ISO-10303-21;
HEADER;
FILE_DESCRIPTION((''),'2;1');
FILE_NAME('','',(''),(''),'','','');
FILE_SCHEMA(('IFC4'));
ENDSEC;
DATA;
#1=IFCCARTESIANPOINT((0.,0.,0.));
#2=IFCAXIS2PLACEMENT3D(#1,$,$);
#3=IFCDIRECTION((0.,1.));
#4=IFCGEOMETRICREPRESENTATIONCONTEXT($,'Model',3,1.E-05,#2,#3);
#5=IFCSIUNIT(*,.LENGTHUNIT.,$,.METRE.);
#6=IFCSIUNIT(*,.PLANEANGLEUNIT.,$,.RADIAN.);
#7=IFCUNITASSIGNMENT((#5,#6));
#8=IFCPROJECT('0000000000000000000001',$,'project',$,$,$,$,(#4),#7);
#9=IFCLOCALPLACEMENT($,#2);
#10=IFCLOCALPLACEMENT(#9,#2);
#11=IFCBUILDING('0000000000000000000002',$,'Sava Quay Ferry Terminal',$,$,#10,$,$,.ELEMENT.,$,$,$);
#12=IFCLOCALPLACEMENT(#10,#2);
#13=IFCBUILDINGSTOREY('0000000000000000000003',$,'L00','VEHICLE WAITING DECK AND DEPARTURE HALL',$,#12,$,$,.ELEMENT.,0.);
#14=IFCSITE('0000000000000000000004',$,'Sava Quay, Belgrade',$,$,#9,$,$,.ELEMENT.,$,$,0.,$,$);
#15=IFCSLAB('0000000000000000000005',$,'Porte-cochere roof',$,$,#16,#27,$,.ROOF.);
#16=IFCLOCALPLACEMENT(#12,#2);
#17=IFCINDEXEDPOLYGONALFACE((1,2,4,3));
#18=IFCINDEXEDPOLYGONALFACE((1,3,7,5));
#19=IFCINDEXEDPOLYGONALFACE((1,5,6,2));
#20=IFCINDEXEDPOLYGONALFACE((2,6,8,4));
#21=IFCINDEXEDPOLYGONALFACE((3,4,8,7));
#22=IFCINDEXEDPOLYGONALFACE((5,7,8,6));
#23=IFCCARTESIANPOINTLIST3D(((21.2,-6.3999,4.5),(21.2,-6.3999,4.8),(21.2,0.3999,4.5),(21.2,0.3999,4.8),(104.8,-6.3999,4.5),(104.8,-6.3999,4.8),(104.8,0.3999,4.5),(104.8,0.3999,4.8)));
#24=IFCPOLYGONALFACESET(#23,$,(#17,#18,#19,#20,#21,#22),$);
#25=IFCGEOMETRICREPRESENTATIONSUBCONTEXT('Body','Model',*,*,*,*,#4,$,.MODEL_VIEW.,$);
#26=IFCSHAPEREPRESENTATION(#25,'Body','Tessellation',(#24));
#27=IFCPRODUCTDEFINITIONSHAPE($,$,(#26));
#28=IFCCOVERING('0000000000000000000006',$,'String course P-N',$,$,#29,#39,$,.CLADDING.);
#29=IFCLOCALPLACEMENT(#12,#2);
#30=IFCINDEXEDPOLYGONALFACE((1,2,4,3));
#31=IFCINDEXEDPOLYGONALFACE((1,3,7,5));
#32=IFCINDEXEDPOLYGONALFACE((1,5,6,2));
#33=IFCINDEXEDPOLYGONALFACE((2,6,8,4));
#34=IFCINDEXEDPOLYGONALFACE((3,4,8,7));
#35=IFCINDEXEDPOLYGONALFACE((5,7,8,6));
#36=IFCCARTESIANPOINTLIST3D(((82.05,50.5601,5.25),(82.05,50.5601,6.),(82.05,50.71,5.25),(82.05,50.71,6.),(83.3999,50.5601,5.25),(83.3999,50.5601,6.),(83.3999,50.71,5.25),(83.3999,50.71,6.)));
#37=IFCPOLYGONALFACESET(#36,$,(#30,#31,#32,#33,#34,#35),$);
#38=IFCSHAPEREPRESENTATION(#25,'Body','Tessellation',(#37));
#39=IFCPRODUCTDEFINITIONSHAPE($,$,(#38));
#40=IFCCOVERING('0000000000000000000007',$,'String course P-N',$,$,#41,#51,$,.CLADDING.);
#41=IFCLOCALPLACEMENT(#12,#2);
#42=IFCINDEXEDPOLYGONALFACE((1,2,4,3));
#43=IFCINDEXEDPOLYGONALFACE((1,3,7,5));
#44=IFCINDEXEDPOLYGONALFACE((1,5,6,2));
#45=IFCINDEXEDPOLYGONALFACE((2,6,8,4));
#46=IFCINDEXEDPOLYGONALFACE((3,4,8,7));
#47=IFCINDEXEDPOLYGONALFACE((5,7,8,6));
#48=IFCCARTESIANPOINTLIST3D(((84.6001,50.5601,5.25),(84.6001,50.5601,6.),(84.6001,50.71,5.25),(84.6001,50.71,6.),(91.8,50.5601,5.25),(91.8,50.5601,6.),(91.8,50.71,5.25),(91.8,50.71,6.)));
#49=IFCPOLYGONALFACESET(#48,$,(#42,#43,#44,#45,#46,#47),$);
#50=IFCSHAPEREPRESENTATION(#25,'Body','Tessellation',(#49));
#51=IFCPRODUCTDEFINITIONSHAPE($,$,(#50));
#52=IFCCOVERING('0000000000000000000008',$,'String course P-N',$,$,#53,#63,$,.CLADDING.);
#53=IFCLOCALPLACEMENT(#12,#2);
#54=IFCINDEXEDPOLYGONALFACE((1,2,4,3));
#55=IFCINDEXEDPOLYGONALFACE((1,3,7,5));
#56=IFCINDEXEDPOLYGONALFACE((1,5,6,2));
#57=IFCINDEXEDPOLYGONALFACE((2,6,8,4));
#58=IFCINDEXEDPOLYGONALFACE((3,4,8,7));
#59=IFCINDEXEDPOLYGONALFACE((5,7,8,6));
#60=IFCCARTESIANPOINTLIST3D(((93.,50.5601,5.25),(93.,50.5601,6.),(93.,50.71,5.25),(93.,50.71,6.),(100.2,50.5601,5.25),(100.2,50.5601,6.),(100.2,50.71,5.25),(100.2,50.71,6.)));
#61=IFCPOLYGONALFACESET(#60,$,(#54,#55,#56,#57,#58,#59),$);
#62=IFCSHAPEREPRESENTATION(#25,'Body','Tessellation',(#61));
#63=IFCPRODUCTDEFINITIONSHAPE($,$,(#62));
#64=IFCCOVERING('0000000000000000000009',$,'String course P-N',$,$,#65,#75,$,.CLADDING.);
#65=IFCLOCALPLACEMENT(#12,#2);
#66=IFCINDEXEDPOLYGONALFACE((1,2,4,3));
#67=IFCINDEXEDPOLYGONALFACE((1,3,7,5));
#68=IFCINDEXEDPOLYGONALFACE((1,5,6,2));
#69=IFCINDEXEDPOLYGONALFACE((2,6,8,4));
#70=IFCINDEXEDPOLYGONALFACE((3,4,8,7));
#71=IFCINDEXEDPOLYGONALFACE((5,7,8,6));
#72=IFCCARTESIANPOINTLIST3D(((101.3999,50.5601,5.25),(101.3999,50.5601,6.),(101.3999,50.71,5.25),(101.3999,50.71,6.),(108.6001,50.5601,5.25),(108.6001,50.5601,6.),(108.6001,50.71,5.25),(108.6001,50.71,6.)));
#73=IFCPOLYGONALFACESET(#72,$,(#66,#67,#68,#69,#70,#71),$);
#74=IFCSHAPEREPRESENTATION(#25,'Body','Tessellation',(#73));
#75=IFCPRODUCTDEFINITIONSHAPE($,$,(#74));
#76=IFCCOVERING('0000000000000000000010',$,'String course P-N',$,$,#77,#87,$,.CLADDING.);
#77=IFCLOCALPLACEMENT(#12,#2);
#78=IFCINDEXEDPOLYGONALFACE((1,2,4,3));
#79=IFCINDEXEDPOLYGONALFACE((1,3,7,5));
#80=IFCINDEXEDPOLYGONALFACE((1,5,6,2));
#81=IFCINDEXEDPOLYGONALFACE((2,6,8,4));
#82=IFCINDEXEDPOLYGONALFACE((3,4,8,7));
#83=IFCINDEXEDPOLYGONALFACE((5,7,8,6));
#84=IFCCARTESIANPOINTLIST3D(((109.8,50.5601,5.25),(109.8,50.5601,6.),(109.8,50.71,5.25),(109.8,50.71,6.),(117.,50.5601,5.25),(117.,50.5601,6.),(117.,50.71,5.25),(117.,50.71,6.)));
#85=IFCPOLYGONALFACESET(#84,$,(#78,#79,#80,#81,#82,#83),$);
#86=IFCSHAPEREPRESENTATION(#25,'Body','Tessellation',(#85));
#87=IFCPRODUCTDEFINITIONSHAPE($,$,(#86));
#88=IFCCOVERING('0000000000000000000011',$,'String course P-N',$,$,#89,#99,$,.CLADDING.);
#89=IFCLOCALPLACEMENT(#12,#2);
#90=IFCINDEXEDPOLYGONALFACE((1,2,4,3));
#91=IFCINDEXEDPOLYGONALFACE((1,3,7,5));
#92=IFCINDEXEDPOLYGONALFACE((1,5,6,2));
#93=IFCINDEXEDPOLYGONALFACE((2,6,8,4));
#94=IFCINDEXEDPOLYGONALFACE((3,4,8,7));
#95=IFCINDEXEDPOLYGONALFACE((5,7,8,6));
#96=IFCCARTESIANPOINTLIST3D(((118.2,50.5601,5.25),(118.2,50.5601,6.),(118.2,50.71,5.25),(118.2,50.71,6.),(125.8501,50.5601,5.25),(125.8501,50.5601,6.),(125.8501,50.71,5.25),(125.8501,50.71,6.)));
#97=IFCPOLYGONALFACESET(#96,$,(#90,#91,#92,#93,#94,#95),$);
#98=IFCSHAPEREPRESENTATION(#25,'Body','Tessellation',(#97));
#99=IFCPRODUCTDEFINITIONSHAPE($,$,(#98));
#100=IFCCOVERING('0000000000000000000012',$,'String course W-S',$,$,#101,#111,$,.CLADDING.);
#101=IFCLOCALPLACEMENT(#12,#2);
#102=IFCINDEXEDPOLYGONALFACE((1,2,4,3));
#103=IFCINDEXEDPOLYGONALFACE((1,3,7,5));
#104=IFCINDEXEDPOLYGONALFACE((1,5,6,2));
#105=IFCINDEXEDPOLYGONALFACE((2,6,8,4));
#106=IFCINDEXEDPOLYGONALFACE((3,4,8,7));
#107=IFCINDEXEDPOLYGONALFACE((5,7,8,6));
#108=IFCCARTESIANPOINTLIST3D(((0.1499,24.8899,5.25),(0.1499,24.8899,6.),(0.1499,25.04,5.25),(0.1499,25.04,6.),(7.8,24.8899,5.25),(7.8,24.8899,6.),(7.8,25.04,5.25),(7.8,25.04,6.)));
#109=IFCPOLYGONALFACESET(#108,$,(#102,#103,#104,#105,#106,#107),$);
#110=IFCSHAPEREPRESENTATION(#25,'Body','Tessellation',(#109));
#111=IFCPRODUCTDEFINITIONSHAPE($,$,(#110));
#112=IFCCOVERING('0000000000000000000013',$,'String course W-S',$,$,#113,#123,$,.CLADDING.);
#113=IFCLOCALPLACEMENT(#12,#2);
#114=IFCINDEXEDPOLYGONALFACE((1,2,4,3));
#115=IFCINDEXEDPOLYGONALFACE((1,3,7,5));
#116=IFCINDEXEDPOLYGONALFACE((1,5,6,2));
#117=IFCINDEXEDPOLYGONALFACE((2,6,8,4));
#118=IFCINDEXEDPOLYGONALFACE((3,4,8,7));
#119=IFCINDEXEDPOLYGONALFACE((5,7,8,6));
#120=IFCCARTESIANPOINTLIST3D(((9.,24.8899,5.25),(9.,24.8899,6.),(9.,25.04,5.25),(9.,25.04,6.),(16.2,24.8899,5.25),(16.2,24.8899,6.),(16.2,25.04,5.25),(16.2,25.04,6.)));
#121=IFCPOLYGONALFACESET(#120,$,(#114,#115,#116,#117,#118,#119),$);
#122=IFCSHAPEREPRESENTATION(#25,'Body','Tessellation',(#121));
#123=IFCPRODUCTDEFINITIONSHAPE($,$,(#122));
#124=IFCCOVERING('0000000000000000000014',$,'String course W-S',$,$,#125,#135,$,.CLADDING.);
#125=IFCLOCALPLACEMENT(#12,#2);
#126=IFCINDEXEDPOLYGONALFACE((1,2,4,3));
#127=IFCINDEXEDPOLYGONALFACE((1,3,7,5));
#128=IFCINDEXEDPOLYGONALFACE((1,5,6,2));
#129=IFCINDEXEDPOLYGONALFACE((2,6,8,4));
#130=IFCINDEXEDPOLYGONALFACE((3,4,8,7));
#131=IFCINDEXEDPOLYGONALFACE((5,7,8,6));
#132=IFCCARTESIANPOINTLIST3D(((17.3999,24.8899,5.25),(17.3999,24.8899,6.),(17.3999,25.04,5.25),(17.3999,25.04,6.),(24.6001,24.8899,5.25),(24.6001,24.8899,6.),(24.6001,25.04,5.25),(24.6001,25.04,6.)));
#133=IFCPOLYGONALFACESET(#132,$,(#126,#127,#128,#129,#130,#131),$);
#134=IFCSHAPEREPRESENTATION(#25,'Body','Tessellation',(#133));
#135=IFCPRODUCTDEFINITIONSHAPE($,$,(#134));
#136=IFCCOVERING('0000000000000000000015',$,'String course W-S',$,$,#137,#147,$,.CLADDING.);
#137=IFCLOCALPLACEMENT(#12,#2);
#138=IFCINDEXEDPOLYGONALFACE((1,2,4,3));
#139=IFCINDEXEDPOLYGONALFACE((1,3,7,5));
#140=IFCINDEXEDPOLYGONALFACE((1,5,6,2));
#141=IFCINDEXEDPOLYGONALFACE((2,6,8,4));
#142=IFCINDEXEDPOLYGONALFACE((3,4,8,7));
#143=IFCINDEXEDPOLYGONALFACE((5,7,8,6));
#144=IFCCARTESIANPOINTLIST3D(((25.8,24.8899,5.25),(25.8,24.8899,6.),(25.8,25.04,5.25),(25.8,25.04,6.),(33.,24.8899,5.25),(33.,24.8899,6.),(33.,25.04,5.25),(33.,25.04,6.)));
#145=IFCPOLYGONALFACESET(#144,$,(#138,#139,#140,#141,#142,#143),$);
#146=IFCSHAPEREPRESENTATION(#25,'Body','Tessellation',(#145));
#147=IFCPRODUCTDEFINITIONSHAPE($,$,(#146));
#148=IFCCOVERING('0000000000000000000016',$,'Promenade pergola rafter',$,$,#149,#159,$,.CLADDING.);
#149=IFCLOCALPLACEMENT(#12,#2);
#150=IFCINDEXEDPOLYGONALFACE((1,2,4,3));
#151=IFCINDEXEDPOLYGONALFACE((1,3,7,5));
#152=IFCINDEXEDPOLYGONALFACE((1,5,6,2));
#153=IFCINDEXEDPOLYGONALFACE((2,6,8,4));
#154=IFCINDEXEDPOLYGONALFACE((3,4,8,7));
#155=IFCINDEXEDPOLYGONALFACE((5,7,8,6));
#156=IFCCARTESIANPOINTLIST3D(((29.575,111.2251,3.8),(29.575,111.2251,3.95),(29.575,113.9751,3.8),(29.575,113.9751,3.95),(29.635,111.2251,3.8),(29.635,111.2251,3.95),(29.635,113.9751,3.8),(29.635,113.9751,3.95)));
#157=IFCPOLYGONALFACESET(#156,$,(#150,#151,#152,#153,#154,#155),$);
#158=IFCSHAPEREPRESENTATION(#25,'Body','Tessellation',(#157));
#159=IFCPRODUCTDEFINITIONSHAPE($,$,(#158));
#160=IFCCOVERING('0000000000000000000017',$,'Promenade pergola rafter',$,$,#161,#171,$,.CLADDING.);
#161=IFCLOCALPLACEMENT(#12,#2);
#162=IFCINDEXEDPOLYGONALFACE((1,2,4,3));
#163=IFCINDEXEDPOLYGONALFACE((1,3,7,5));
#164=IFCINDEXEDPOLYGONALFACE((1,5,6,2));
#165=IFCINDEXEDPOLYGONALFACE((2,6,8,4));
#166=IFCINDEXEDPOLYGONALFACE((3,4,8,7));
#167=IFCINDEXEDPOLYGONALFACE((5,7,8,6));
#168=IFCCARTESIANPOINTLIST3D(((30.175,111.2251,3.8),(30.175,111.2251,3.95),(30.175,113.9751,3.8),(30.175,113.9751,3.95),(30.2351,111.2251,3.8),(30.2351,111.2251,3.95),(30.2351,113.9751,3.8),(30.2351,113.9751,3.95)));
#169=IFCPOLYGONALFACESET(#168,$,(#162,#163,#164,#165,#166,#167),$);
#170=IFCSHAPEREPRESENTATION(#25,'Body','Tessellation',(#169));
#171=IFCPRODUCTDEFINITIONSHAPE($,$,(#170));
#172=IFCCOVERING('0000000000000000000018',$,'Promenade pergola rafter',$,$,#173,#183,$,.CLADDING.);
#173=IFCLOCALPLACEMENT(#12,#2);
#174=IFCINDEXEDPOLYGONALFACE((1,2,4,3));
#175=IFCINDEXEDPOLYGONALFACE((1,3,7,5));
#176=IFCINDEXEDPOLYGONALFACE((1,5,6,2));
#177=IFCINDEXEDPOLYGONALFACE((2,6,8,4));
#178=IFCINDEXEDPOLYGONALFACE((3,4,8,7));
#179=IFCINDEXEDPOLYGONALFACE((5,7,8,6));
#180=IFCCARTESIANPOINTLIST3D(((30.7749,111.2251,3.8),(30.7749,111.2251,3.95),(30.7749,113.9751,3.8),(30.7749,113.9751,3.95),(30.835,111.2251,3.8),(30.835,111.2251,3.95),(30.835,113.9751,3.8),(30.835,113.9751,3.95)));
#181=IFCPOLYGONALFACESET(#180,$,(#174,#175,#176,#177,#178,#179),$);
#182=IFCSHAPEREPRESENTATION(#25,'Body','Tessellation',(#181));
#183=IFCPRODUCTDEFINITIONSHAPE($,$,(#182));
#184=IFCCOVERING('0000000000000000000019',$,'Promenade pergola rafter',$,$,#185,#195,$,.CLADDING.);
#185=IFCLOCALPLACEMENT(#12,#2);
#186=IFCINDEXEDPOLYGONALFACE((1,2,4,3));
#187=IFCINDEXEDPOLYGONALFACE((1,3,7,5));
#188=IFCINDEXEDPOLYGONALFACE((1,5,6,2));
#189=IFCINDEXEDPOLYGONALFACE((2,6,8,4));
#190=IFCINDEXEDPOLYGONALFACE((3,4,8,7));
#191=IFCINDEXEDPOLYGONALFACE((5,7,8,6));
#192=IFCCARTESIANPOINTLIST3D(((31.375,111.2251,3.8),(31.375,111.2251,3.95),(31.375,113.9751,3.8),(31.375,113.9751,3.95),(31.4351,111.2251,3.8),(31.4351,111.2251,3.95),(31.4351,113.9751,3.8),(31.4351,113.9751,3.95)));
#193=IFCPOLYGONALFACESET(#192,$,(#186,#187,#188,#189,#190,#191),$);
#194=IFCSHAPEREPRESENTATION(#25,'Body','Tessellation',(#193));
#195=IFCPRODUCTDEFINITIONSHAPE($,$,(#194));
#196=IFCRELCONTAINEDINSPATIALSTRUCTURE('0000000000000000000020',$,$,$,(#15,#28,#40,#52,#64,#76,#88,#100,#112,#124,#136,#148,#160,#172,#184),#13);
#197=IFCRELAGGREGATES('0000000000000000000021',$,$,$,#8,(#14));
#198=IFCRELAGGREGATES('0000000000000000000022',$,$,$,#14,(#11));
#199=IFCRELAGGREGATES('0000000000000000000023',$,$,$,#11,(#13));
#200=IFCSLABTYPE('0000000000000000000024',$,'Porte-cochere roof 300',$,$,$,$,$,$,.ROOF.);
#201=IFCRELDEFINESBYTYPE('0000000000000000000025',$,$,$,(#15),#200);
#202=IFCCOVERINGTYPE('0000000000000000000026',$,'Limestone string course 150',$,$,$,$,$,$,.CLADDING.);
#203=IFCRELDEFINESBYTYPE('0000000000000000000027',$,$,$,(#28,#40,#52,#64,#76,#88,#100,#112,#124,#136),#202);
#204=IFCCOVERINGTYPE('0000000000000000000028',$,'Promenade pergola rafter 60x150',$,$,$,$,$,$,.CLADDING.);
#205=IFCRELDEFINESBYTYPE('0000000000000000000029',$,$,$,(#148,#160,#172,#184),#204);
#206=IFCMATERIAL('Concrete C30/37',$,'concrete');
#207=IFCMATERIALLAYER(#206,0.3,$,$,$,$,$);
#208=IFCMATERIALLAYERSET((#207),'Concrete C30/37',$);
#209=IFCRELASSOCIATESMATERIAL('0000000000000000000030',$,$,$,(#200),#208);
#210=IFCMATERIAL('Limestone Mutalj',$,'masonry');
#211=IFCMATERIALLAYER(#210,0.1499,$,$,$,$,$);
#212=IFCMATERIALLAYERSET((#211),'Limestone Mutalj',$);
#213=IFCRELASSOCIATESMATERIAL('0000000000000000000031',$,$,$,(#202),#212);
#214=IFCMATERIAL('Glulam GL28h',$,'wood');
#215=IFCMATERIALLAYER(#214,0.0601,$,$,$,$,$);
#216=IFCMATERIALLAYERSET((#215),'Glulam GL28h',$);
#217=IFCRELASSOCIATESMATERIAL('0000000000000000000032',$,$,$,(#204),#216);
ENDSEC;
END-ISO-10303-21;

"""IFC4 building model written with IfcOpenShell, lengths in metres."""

from ifc_helpers import new_model, si_unit, direction, frame, origin, place, context, subcontext, project, spatial, polyline, outline, extrude, material, layer, layer_set, type_object, element, save


model = new_model("IFC4")

# Units and contexts
model_context = context("Model", 3, precision=1e-05, world=origin(), true_north=direction((0.0, 1.0)))
body_context = subcontext(model_context, "Body", "Model", "MODEL_VIEW")
ifc_project = project(units=[si_unit("LENGTHUNIT", "METRE"), si_unit("PLANEANGLEUNIT", "RADIAN")], contexts=[model_context])

# Site, building, storey
site_placement = place(None, origin())
site = spatial("IfcSite", under=ifc_project, at=site_placement, Name="Sava Quay, Belgrade", CompositionType="ELEMENT", RefElevation=0.0)
building_placement = place(site_placement, origin())
building = spatial("IfcBuilding", under=site, at=building_placement, Name="Sava Quay Ferry Terminal", CompositionType="ELEMENT")
storey_placement = place(building_placement, origin())
storey = spatial("IfcBuildingStorey", under=building, at=storey_placement, Name="L00", Description="VEHICLE WAITING DECK AND DEPARTURE HALL", CompositionType="ELEMENT", Elevation=0.0)

# Slab
ifc_material_1 = material(Name="Concrete C30/37", Category="concrete")
ifc_layer_1 = layer(ifc_material_1, 0.3)
ifc_layer_set_1 = layer_set([ifc_layer_1], Name="Concrete C30/37")
slab_type = type_object("IfcSlabType", Name="Porte-cochere roof 300", PredefinedType="ROOF", material=ifc_layer_set_1)
slab_placement = place(storey_placement, frame((0.0, 0.0, 4.5)))
element("IfcSlab", 1, at=slab_placement, inside=storey, type_object=slab_type, Name="Porte-cochere roof", PredefinedType="ROOF", context=body_context, shape_type="SweptSolid", body=[
    extrude(outline(polyline([(21.2, -6.3999), (104.8, -6.3999), (104.8, 0.3999), (21.2, 0.3999), (21.2, -6.3999)])), origin(), (0.0, 0.0, 1.0), 0.3),
])

# Coverings
ifc_material_2 = material(Name="Limestone Mutalj", Category="masonry")
ifc_layer_2 = layer(ifc_material_2, 0.1499)
ifc_layer_set_2 = layer_set([ifc_layer_2], Name="Limestone Mutalj")
covering_type_1 = type_object("IfcCoveringType", Name="Limestone string course 150", PredefinedType="CLADDING", material=ifc_layer_set_2)
covering_1_placement = place(storey_placement, frame((0.0, 0.0, 5.25)))
element("IfcCovering", 2, at=covering_1_placement, inside=storey, type_object=covering_type_1, Name="String course P-N", PredefinedType="CLADDING", context=body_context, shape_type="SweptSolid", body=[
    extrude(outline(polyline([(82.05, 50.5601), (83.3999, 50.5601), (83.3999, 50.71), (82.05, 50.71), (82.05, 50.5601)])), origin(), (0.0, 0.0, 1.0), 0.75),
])
covering_2_placement = place(storey_placement, frame((0.0, 0.0, 5.25)))
element("IfcCovering", 3, at=covering_2_placement, inside=storey, type_object=covering_type_1, Name="String course P-N", PredefinedType="CLADDING", context=body_context, shape_type="SweptSolid", body=[
    extrude(outline(polyline([(84.6001, 50.5601), (91.8, 50.5601), (91.8, 50.71), (84.6001, 50.71), (84.6001, 50.5601)])), origin(), (0.0, 0.0, 1.0), 0.75),
])
covering_3_placement = place(storey_placement, frame((0.0, 0.0, 5.25)))
element("IfcCovering", 4, at=covering_3_placement, inside=storey, type_object=covering_type_1, Name="String course P-N", PredefinedType="CLADDING", context=body_context, shape_type="SweptSolid", body=[
    extrude(outline(polyline([(93.0, 50.5601), (100.2, 50.5601), (100.2, 50.71), (93.0, 50.71), (93.0, 50.5601)])), origin(), (0.0, 0.0, 1.0), 0.75),
])
covering_4_placement = place(storey_placement, frame((0.0, 0.0, 5.25)))
element("IfcCovering", 5, at=covering_4_placement, inside=storey, type_object=covering_type_1, Name="String course P-N", PredefinedType="CLADDING", context=body_context, shape_type="SweptSolid", body=[
    extrude(outline(polyline([(101.3999, 50.5601), (108.6001, 50.5601), (108.6001, 50.71), (101.3999, 50.71), (101.3999, 50.5601)])), origin(), (0.0, 0.0, 1.0), 0.75),
])
covering_5_placement = place(storey_placement, frame((0.0, 0.0, 5.25)))
element("IfcCovering", 6, at=covering_5_placement, inside=storey, type_object=covering_type_1, Name="String course P-N", PredefinedType="CLADDING", context=body_context, shape_type="SweptSolid", body=[
    extrude(outline(polyline([(109.8, 50.5601), (117.0, 50.5601), (117.0, 50.71), (109.8, 50.71), (109.8, 50.5601)])), origin(), (0.0, 0.0, 1.0), 0.75),
])
covering_6_placement = place(storey_placement, frame((0.0, 0.0, 5.25)))
element("IfcCovering", 7, at=covering_6_placement, inside=storey, type_object=covering_type_1, Name="String course P-N", PredefinedType="CLADDING", context=body_context, shape_type="SweptSolid", body=[
    extrude(outline(polyline([(118.2, 50.5601), (125.8501, 50.5601), (125.8501, 50.71), (118.2, 50.71), (118.2, 50.5601)])), origin(), (0.0, 0.0, 1.0), 0.75),
])
covering_7_placement = place(storey_placement, frame((0.0, 0.0, 5.25)))
element("IfcCovering", 8, at=covering_7_placement, inside=storey, type_object=covering_type_1, Name="String course W-S", PredefinedType="CLADDING", context=body_context, shape_type="SweptSolid", body=[
    extrude(outline(polyline([(0.1499, 25.04), (7.8, 25.04), (7.8, 24.8899), (0.1499, 24.8899), (0.1499, 25.04)])), origin(), (0.0, 0.0, 1.0), 0.75),
])
covering_8_placement = place(storey_placement, frame((0.0, 0.0, 5.25)))
element("IfcCovering", 9, at=covering_8_placement, inside=storey, type_object=covering_type_1, Name="String course W-S", PredefinedType="CLADDING", context=body_context, shape_type="SweptSolid", body=[
    extrude(outline(polyline([(9.0, 25.04), (16.2, 25.04), (16.2, 24.8899), (9.0, 24.8899), (9.0, 25.04)])), origin(), (0.0, 0.0, 1.0), 0.75),
])
covering_9_placement = place(storey_placement, frame((0.0, 0.0, 5.25)))
element("IfcCovering", 10, at=covering_9_placement, inside=storey, type_object=covering_type_1, Name="String course W-S", PredefinedType="CLADDING", context=body_context, shape_type="SweptSolid", body=[
    extrude(outline(polyline([(17.3999, 25.04), (24.6001, 25.04), (24.6001, 24.8899), (17.3999, 24.8899), (17.3999, 25.04)])), origin(), (0.0, 0.0, 1.0), 0.75),
])
covering_10_placement = place(storey_placement, frame((0.0, 0.0, 5.25)))
element("IfcCovering", 11, at=covering_10_placement, inside=storey, type_object=covering_type_1, Name="String course W-S", PredefinedType="CLADDING", context=body_context, shape_type="SweptSolid", body=[
    extrude(outline(polyline([(25.8, 25.04), (33.0, 25.04), (33.0, 24.8899), (25.8, 24.8899), (25.8, 25.04)])), origin(), (0.0, 0.0, 1.0), 0.75),
])
ifc_material_3 = material(Name="Glulam GL28h", Category="wood")
ifc_layer_3 = layer(ifc_material_3, 0.0601)
ifc_layer_set_3 = layer_set([ifc_layer_3], Name="Glulam GL28h")
covering_type_2 = type_object("IfcCoveringType", Name="Promenade pergola rafter 60x150", PredefinedType="CLADDING", material=ifc_layer_set_3)
covering_11_placement = place(storey_placement, frame((0.0, 0.0, 3.8)))
element("IfcCovering", 12, at=covering_11_placement, inside=storey, type_object=covering_type_2, Name="Promenade pergola rafter", PredefinedType="CLADDING", context=body_context, shape_type="SweptSolid", body=[
    extrude(outline(polyline([(29.635, 111.2251), (29.635, 113.9751), (29.575, 113.9751), (29.575, 111.2251), (29.635, 111.2251)])), origin(), (0.0, 0.0, 1.0), 0.1499),
])
covering_12_placement = place(storey_placement, frame((0.0, 0.0, 3.8)))
element("IfcCovering", 13, at=covering_12_placement, inside=storey, type_object=covering_type_2, Name="Promenade pergola rafter", PredefinedType="CLADDING", context=body_context, shape_type="SweptSolid", body=[
    extrude(outline(polyline([(30.2351, 111.2251), (30.2351, 113.9751), (30.175, 113.9751), (30.175, 111.2251), (30.2351, 111.2251)])), origin(), (0.0, 0.0, 1.0), 0.1499),
])
covering_13_placement = place(storey_placement, frame((0.0, 0.0, 3.8)))
element("IfcCovering", 14, at=covering_13_placement, inside=storey, type_object=covering_type_2, Name="Promenade pergola rafter", PredefinedType="CLADDING", context=body_context, shape_type="SweptSolid", body=[
    extrude(outline(polyline([(30.835, 111.2251), (30.835, 113.9751), (30.7749, 113.9751), (30.7749, 111.2251), (30.835, 111.2251)])), origin(), (0.0, 0.0, 1.0), 0.1499),
])
covering_14_placement = place(storey_placement, frame((0.0, 0.0, 3.8)))
element("IfcCovering", 15, at=covering_14_placement, inside=storey, type_object=covering_type_2, Name="Promenade pergola rafter", PredefinedType="CLADDING", context=body_context, shape_type="SweptSolid", body=[
    extrude(outline(polyline([(31.4351, 111.2251), (31.4351, 113.9751), (31.375, 113.9751), (31.375, 111.2251), (31.4351, 111.2251)])), origin(), (0.0, 0.0, 1.0), 0.1499),
])

save(model, "model.ifc")
